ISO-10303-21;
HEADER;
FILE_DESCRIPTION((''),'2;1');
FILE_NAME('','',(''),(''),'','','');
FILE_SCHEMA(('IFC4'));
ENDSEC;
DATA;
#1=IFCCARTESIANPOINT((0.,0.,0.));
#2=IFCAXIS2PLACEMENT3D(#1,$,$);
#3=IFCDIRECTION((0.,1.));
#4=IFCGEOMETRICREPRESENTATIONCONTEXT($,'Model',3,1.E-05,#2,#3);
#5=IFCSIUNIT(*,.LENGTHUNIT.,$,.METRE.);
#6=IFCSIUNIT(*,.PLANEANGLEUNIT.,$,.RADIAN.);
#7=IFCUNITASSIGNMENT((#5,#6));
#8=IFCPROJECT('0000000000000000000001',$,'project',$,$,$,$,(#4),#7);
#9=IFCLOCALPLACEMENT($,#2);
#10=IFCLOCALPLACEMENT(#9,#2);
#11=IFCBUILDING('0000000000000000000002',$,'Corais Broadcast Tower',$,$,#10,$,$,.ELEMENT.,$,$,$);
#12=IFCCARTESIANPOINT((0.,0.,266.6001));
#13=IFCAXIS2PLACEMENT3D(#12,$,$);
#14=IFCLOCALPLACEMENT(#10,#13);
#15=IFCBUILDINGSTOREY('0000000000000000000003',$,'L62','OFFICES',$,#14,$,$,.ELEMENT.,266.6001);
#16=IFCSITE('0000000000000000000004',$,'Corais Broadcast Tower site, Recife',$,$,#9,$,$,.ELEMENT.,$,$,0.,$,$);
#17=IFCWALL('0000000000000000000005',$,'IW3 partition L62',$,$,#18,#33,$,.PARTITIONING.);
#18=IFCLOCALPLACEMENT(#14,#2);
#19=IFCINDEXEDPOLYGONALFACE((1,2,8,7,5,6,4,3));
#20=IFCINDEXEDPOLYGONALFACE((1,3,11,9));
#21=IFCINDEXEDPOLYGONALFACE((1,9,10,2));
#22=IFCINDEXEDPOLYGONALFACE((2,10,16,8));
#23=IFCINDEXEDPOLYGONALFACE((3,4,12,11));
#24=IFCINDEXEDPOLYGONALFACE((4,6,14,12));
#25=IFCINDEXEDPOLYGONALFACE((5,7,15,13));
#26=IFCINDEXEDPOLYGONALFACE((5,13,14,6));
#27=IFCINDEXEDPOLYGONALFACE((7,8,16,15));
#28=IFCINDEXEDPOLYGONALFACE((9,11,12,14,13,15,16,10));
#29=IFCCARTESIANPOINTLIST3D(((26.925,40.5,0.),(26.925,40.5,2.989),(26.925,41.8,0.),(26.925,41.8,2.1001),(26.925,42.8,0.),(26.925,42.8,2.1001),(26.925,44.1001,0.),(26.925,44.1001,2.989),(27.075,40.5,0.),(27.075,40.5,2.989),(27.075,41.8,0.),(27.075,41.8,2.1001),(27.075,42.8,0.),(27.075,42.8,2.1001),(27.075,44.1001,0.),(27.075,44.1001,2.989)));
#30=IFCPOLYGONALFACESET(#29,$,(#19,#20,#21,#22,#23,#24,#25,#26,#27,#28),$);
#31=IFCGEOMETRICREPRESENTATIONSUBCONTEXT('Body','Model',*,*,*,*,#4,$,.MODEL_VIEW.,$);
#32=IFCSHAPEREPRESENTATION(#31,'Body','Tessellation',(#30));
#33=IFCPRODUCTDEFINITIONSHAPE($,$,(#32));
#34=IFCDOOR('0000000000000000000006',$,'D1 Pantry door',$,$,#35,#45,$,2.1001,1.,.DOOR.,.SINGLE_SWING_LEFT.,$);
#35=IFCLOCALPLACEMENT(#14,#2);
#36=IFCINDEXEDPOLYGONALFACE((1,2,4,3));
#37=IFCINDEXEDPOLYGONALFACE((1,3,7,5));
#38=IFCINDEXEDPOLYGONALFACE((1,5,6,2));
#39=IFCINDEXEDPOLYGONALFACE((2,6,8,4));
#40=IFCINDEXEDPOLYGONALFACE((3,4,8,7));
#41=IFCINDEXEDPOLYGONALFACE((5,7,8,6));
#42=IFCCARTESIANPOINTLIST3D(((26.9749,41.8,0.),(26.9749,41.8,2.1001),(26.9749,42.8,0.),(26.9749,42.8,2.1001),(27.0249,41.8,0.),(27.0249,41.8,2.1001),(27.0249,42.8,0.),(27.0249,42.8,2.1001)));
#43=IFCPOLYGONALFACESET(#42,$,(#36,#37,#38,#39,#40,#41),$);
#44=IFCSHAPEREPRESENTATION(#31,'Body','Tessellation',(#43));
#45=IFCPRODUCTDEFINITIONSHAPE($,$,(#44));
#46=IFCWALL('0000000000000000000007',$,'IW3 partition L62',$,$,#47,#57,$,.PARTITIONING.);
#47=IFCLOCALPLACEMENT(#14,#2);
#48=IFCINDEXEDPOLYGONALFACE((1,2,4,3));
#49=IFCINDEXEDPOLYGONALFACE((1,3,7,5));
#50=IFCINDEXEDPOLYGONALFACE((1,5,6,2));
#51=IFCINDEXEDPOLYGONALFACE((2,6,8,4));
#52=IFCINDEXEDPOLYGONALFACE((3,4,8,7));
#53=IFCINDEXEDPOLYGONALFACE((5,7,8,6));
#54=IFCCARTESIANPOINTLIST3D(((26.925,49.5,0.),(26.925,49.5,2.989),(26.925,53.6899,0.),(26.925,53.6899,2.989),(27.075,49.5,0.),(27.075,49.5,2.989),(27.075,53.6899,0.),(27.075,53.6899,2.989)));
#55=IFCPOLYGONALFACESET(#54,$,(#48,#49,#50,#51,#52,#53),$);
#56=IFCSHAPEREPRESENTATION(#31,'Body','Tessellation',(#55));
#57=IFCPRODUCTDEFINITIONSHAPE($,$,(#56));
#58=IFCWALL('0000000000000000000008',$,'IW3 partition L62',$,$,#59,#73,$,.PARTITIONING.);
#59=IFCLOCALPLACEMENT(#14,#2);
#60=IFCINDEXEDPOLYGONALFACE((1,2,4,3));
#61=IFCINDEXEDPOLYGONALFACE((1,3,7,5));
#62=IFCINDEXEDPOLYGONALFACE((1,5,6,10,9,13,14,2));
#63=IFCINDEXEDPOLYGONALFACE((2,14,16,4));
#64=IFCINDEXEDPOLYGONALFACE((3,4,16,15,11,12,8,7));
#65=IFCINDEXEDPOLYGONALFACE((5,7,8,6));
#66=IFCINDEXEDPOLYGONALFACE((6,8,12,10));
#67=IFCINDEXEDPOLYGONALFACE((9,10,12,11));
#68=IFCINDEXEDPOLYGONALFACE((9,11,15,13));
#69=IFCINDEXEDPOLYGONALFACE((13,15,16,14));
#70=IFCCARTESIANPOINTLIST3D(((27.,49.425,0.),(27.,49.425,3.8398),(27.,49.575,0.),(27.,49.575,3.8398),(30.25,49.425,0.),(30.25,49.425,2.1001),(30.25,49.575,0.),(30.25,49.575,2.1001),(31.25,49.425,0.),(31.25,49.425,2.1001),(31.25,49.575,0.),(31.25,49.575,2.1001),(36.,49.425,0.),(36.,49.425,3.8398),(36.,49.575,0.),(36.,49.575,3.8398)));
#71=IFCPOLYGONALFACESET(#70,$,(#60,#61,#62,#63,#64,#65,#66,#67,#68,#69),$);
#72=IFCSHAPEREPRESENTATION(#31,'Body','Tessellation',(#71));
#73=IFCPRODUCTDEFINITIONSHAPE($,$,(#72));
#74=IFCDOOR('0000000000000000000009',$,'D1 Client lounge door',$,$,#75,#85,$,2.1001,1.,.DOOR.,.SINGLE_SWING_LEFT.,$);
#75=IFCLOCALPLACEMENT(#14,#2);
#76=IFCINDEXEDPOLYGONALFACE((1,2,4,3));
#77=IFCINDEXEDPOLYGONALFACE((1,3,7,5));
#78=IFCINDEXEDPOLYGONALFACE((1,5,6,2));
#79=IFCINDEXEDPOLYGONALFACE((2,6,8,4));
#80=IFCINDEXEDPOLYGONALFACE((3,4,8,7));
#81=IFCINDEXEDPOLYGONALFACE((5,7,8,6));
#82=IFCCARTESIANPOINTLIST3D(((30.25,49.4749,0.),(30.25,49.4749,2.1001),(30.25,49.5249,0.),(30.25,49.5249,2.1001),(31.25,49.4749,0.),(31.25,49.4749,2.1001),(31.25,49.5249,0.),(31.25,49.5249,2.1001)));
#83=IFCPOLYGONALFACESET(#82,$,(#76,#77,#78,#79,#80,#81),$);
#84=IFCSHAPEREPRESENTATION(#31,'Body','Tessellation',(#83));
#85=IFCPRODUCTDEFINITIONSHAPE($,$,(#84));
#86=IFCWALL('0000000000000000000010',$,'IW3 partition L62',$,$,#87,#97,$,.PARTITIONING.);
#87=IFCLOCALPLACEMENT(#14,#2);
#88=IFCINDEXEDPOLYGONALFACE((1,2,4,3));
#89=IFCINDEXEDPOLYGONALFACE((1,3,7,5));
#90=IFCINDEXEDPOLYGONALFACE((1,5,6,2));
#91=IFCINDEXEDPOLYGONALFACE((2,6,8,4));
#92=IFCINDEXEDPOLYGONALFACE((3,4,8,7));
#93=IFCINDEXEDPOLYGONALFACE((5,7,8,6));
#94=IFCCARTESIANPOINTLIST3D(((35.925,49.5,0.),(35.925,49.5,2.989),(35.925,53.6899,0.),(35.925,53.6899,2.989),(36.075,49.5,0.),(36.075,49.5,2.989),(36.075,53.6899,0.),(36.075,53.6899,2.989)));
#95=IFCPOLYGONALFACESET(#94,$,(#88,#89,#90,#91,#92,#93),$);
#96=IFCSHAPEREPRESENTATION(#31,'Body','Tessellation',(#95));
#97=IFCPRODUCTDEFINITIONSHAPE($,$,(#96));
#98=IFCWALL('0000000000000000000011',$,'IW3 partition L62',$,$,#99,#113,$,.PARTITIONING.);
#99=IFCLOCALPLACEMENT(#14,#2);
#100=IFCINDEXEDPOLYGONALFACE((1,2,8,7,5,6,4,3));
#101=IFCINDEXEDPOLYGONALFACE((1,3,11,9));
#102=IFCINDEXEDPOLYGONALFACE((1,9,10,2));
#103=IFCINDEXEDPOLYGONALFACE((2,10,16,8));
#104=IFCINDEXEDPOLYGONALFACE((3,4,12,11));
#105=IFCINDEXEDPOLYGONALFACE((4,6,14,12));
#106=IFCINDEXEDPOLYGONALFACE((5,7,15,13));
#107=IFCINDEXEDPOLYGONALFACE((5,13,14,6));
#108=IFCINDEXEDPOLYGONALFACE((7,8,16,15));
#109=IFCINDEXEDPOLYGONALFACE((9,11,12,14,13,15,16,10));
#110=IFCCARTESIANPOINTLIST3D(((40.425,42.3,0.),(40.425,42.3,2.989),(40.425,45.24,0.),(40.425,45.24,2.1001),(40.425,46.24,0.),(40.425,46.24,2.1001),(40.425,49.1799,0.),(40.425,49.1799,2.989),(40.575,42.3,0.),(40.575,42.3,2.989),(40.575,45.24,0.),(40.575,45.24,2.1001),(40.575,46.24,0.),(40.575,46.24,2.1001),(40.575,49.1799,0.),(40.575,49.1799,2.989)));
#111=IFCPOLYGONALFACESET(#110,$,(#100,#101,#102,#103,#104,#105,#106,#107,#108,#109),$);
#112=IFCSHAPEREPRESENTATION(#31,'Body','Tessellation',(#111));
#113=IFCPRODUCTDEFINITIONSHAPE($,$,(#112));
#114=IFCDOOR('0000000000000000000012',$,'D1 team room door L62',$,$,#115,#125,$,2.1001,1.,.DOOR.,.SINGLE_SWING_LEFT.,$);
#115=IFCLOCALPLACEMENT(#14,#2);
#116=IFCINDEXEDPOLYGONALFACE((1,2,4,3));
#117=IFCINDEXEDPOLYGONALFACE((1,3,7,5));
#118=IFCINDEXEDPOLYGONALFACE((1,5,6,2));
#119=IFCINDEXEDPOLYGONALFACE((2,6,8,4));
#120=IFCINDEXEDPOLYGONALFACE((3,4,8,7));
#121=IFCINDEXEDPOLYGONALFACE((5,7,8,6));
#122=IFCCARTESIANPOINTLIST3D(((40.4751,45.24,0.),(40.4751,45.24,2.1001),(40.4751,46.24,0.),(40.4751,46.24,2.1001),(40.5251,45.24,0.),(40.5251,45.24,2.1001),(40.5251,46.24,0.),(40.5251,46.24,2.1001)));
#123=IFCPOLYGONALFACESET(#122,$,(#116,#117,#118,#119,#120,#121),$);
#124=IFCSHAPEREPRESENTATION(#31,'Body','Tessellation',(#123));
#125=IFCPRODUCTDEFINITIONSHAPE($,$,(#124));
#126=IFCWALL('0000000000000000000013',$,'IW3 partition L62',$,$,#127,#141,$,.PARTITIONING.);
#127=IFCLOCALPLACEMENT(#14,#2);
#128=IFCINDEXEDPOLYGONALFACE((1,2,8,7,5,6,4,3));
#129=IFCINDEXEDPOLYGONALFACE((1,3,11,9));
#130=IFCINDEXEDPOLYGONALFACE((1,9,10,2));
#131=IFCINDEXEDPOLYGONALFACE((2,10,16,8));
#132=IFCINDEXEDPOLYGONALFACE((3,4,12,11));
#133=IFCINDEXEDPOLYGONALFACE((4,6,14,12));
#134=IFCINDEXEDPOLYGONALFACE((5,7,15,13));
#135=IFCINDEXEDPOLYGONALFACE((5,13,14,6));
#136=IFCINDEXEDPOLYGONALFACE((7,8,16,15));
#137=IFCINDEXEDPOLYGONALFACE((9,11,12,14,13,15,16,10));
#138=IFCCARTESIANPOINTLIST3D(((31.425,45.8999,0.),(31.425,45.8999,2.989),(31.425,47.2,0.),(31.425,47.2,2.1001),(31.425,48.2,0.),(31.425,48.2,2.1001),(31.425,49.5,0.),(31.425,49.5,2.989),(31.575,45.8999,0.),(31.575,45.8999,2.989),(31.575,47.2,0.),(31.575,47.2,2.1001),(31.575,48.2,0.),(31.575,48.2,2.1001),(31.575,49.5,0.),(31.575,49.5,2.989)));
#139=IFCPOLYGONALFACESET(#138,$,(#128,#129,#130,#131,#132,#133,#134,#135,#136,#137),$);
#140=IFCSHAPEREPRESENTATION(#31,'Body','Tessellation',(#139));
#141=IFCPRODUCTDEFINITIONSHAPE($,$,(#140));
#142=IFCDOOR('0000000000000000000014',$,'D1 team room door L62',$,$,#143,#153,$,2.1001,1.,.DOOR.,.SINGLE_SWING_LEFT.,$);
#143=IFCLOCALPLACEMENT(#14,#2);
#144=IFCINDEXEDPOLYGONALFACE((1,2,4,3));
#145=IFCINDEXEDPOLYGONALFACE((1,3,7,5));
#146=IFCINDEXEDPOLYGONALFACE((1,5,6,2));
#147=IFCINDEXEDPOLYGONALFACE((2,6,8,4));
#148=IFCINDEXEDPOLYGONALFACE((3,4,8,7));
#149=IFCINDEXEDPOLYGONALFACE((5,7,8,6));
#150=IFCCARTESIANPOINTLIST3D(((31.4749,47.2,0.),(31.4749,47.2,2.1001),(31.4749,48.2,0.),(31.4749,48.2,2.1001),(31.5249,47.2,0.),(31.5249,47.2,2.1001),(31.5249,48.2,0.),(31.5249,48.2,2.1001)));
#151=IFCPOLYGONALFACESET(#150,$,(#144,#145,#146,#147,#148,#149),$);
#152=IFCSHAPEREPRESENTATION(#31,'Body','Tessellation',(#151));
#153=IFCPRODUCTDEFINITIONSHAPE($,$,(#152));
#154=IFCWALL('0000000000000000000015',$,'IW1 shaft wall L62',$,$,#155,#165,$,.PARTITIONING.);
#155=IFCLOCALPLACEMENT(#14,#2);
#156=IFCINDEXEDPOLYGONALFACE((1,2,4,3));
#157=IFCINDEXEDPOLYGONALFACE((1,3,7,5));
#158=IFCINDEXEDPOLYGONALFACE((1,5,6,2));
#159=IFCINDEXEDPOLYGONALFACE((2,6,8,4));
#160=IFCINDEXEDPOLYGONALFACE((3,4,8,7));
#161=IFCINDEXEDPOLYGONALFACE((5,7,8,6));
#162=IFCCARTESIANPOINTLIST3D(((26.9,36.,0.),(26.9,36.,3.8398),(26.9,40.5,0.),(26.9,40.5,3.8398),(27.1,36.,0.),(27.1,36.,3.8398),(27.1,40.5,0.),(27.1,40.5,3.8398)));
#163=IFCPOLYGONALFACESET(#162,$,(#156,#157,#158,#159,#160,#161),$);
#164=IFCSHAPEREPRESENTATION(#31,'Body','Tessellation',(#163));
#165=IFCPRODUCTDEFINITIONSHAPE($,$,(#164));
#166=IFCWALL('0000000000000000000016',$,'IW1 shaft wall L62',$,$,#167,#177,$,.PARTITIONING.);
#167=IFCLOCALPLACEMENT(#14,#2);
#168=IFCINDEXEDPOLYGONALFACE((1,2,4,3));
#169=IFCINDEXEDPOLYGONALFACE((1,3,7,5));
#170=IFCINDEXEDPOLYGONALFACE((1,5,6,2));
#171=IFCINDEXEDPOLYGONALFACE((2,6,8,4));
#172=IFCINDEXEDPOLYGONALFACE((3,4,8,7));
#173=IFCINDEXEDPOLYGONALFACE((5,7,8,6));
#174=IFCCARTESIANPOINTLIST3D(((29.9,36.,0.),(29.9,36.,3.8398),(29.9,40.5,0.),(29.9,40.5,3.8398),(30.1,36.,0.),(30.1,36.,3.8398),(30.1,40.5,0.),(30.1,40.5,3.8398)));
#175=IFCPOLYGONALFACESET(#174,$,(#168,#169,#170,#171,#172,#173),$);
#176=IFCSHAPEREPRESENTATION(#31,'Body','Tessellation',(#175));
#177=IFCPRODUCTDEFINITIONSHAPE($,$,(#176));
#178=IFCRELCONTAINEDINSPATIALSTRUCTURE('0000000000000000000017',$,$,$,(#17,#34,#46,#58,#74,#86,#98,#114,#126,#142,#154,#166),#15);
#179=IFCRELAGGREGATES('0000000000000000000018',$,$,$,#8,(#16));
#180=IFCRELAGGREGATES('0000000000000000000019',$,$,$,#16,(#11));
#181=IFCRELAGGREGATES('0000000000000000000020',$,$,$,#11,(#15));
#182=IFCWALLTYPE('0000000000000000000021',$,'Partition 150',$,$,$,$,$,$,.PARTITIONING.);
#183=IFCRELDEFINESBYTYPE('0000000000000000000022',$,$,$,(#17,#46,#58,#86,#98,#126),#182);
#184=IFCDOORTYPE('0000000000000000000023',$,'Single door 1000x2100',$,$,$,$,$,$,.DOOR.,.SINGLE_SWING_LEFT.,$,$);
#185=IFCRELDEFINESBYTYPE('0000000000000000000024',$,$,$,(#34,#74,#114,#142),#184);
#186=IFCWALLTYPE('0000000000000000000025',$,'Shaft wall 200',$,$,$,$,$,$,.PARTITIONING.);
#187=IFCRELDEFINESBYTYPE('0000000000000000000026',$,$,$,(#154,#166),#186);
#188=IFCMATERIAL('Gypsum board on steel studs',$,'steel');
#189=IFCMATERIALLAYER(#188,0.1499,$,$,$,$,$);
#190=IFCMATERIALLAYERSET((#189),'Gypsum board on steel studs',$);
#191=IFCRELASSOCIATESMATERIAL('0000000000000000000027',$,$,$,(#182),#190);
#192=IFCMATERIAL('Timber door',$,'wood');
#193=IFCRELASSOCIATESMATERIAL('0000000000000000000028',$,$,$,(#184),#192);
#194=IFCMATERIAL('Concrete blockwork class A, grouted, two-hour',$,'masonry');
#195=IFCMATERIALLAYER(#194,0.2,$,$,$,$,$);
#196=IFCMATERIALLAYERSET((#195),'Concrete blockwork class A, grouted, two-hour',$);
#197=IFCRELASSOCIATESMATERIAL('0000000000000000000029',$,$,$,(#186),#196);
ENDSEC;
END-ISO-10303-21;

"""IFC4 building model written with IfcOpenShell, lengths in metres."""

from ifc_helpers import new_model, si_unit, direction, frame, frame_2d, origin, place, context, subcontext, project, spatial, rectangle, extrude, material, layer, layer_set, type_object, element, fill, save


model = new_model("IFC4")

# Units and contexts
model_context = context("Model", 3, precision=1e-05, world=origin(), true_north=direction((0.0, 1.0)))
body_context = subcontext(model_context, "Body", "Model", "MODEL_VIEW")
ifc_project = project(units=[si_unit("LENGTHUNIT", "METRE"), si_unit("PLANEANGLEUNIT", "RADIAN")], contexts=[model_context])

# Site, building, storey
site_placement = place(None, origin())
site = spatial("IfcSite", under=ifc_project, at=site_placement, Name="Corais Broadcast Tower site, Recife", CompositionType="ELEMENT", RefElevation=0.0)
building_placement = place(site_placement, origin())
building = spatial("IfcBuilding", under=site, at=building_placement, Name="Corais Broadcast Tower", CompositionType="ELEMENT")
storey_placement = place(building_placement, frame((0.0, 0.0, 266.6001)))
storey = spatial("IfcBuildingStorey", under=building, at=storey_placement, Name="L62", Description="OFFICES", CompositionType="ELEMENT", Elevation=266.6001)

# Shared definitions
ifc_material_1 = material(Name="Gypsum board on steel studs", Category="steel")
ifc_layer_1 = layer(ifc_material_1, 0.1499)
ifc_layer_set_1 = layer_set([ifc_layer_1], Name="Gypsum board on steel studs")
wall_type_1 = type_object("IfcWallType", Name="Partition 150", PredefinedType="PARTITIONING", material=ifc_layer_set_1)
ifc_material_2 = material(Name="Timber door", Category="wood")
door_type = type_object("IfcDoorType", Name="Single door 1000x2100", OperationType="SINGLE_SWING_LEFT", PredefinedType="DOOR", material=ifc_material_2)

# Wall, opening, door
wall_1_placement = place(storey_placement, frame((27.0, 44.1001, 0.0), z_axis=(0.0, 0.0, 1.0), x_axis=(0.0, -1.0, 0.0)))
wall_1 = element("IfcWall", 1, at=wall_1_placement, inside=storey, type_object=wall_type_1, Name="IW3 partition L62", PredefinedType="PARTITIONING", context=body_context, shape_type="SweptSolid", body=[
    extrude(rectangle(XDim=3.6001, YDim=0.1499, at=frame_2d((1.8, 0.0))), origin(), (0.0, 0.0, 1.0), 2.989),
])
opening_1_placement = place(wall_1_placement, frame((1.3, 0.0, 0.0)))
opening_1 = element("IfcOpeningElement", 2, at=opening_1_placement, cuts=wall_1, PredefinedType="OPENING", context=body_context, shape_type="SweptSolid", body=[
    extrude(rectangle(XDim=1.0, YDim=2.1001, at=frame_2d((0.5, 1.05))), frame((0.0, 0.085, 0.0), z_axis=(0.0, -1.0, 0.0), x_axis=(1.0, 0.0, 0.0)), (0.0, 0.0, 1.0), 0.1699),
])
door_1_placement = place(opening_1_placement, origin())
door_1 = element("IfcDoor", 3, at=door_1_placement, inside=storey, type_object=door_type, Name="D1 Pantry door", OperationType="SINGLE_SWING_LEFT", OverallHeight=2.1001, OverallWidth=1.0, PredefinedType="DOOR", context=body_context, shape_type="SweptSolid", body=[
    extrude(rectangle(XDim=1.0, YDim=2.1001, at=frame_2d((0.5, 1.05))), frame((0.0, 0.0249, 0.0), z_axis=(0.0, -1.0, 0.0), x_axis=(1.0, 0.0, 0.0)), (0.0, 0.0, 1.0), 0.05),
])
fill(opening_1, door_1)

# Wall
wall_2_placement = place(storey_placement, frame((27.0, 49.5, 0.0), z_axis=(0.0, 0.0, 1.0), x_axis=(0.0, 1.0, 0.0)))
element("IfcWall", 4, at=wall_2_placement, inside=storey, type_object=wall_type_1, Name="IW3 partition L62", PredefinedType="PARTITIONING", context=body_context, shape_type="SweptSolid", body=[
    extrude(rectangle(XDim=4.1899, YDim=0.1499, at=frame_2d((2.095, 0.0))), origin(), (0.0, 0.0, 1.0), 2.989),
])

# Wall, opening, door
wall_3_placement = place(storey_placement, frame((27.0, 49.5, 0.0), z_axis=(0.0, 0.0, 1.0), x_axis=(1.0, 0.0, 0.0)))
wall_3 = element("IfcWall", 5, at=wall_3_placement, inside=storey, type_object=wall_type_1, Name="IW3 partition L62", PredefinedType="PARTITIONING", context=body_context, shape_type="SweptSolid", body=[
    extrude(rectangle(XDim=9.0, YDim=0.1499, at=frame_2d((4.5, 0.0))), origin(), (0.0, 0.0, 1.0), 3.8398),
])
opening_2_placement = place(wall_3_placement, frame((3.25, 0.0, 0.0)))
opening_2 = element("IfcOpeningElement", 6, at=opening_2_placement, cuts=wall_3, PredefinedType="OPENING", context=body_context, shape_type="SweptSolid", body=[
    extrude(rectangle(XDim=1.0, YDim=2.1001, at=frame_2d((0.5, 1.05))), frame((0.0, 0.085, 0.0), z_axis=(0.0, -1.0, 0.0), x_axis=(1.0, 0.0, 0.0)), (0.0, 0.0, 1.0), 0.1699),
])
door_2_placement = place(opening_2_placement, origin())
door_2 = element("IfcDoor", 7, at=door_2_placement, inside=storey, type_object=door_type, Name="D1 Client lounge door", OperationType="SINGLE_SWING_LEFT", OverallHeight=2.1001, OverallWidth=1.0, PredefinedType="DOOR", context=body_context, shape_type="SweptSolid", body=[
    extrude(rectangle(XDim=1.0, YDim=2.1001, at=frame_2d((0.5, 1.05))), frame((0.0, 0.0249, 0.0), z_axis=(0.0, -1.0, 0.0), x_axis=(1.0, 0.0, 0.0)), (0.0, 0.0, 1.0), 0.05),
])
fill(opening_2, door_2)

# Wall
wall_4_placement = place(storey_placement, frame((36.0, 49.5, 0.0), z_axis=(0.0, 0.0, 1.0), x_axis=(0.0, 1.0, 0.0)))
element("IfcWall", 8, at=wall_4_placement, inside=storey, type_object=wall_type_1, Name="IW3 partition L62", PredefinedType="PARTITIONING", context=body_context, shape_type="SweptSolid", body=[
    extrude(rectangle(XDim=4.1899, YDim=0.1499, at=frame_2d((2.095, 0.0))), origin(), (0.0, 0.0, 1.0), 2.989),
])

# Walls, openings, doors
wall_5_placement = place(storey_placement, frame((40.5, 42.3, 0.0), z_axis=(0.0, 0.0, 1.0), x_axis=(0.0, 1.0, 0.0)))
wall_5 = element("IfcWall", 9, at=wall_5_placement, inside=storey, type_object=wall_type_1, Name="IW3 partition L62", PredefinedType="PARTITIONING", context=body_context, shape_type="SweptSolid", body=[
    extrude(rectangle(XDim=6.8799, YDim=0.1499, at=frame_2d((3.4399, 0.0))), origin(), (0.0, 0.0, 1.0), 2.989),
])
opening_3_placement = place(wall_5_placement, frame((2.9399, 0.0, 0.0)))
opening_3 = element("IfcOpeningElement", 10, at=opening_3_placement, cuts=wall_5, PredefinedType="OPENING", context=body_context, shape_type="SweptSolid", body=[
    extrude(rectangle(XDim=1.0, YDim=2.1001, at=frame_2d((0.5, 1.05))), frame((0.0, 0.085, 0.0), z_axis=(0.0, -1.0, 0.0), x_axis=(1.0, 0.0, 0.0)), (0.0, 0.0, 1.0), 0.1699),
])
door_3_placement = place(opening_3_placement, origin())
door_3 = element("IfcDoor", 11, at=door_3_placement, inside=storey, type_object=door_type, Name="D1 team room door L62", OperationType="SINGLE_SWING_LEFT", OverallHeight=2.1001, OverallWidth=1.0, PredefinedType="DOOR", context=body_context, shape_type="SweptSolid", body=[
    extrude(rectangle(XDim=1.0, YDim=2.1001, at=frame_2d((0.5, 1.05))), frame((0.0, 0.0249, 0.0), z_axis=(0.0, -1.0, 0.0), x_axis=(1.0, 0.0, 0.0)), (0.0, 0.0, 1.0), 0.05),
])
fill(opening_3, door_3)
wall_6_placement = place(storey_placement, frame((31.5, 49.5, 0.0), z_axis=(0.0, 0.0, 1.0), x_axis=(0.0, -1.0, 0.0)))
wall_6 = element("IfcWall", 12, at=wall_6_placement, inside=storey, type_object=wall_type_1, Name="IW3 partition L62", PredefinedType="PARTITIONING", context=body_context, shape_type="SweptSolid", body=[
    extrude(rectangle(XDim=3.6001, YDim=0.1499, at=frame_2d((1.8, 0.0))), origin(), (0.0, 0.0, 1.0), 2.989),
])
opening_4_placement = place(wall_6_placement, frame((1.3, 0.0, 0.0)))
opening_4 = element("IfcOpeningElement", 13, at=opening_4_placement, cuts=wall_6, PredefinedType="OPENING", context=body_context, shape_type="SweptSolid", body=[
    extrude(rectangle(XDim=1.0, YDim=2.1001, at=frame_2d((0.5, 1.05))), frame((0.0, 0.085, 0.0), z_axis=(0.0, -1.0, 0.0), x_axis=(1.0, 0.0, 0.0)), (0.0, 0.0, 1.0), 0.1699),
])
door_4_placement = place(opening_4_placement, origin())
door_4 = element("IfcDoor", 14, at=door_4_placement, inside=storey, type_object=door_type, Name="D1 team room door L62", OperationType="SINGLE_SWING_LEFT", OverallHeight=2.1001, OverallWidth=1.0, PredefinedType="DOOR", context=body_context, shape_type="SweptSolid", body=[
    extrude(rectangle(XDim=1.0, YDim=2.1001, at=frame_2d((0.5, 1.05))), frame((0.0, 0.0249, 0.0), z_axis=(0.0, -1.0, 0.0), x_axis=(1.0, 0.0, 0.0)), (0.0, 0.0, 1.0), 0.05),
])
fill(opening_4, door_4)

# Walls
ifc_material_3 = material(Name="Concrete blockwork class A, grouted, two-hour", Category="masonry")
ifc_layer_2 = layer(ifc_material_3, 0.2)
ifc_layer_set_2 = layer_set([ifc_layer_2], Name="Concrete blockwork class A, grouted, two-hour")
wall_type_2 = type_object("IfcWallType", Name="Shaft wall 200", PredefinedType="PARTITIONING", material=ifc_layer_set_2)
for number, where, z_axis, x_axis, name in (
    (15, (27.0, 36.0, 0.0), (0.0, 0.0, 1.0), (0.0, 1.0, 0.0), "IW1 shaft wall L62"),
    (16, (30.0, 36.0, 0.0), (0.0, 0.0, 1.0), (0.0, 1.0, 0.0), "IW1 shaft wall L62"),
):
    element("IfcWall", number, at=place(storey_placement, frame(where, z_axis=z_axis, x_axis=x_axis)), inside=storey, type_object=wall_type_2, Name=name, PredefinedType="PARTITIONING", context=body_context, shape_type="SweptSolid", body=[
        extrude(rectangle(XDim=4.5, YDim=0.2, at=frame_2d((2.25, 0.0))), origin(), (0.0, 0.0, 1.0), 3.8398),
    ])

save(model, "model.ifc")
